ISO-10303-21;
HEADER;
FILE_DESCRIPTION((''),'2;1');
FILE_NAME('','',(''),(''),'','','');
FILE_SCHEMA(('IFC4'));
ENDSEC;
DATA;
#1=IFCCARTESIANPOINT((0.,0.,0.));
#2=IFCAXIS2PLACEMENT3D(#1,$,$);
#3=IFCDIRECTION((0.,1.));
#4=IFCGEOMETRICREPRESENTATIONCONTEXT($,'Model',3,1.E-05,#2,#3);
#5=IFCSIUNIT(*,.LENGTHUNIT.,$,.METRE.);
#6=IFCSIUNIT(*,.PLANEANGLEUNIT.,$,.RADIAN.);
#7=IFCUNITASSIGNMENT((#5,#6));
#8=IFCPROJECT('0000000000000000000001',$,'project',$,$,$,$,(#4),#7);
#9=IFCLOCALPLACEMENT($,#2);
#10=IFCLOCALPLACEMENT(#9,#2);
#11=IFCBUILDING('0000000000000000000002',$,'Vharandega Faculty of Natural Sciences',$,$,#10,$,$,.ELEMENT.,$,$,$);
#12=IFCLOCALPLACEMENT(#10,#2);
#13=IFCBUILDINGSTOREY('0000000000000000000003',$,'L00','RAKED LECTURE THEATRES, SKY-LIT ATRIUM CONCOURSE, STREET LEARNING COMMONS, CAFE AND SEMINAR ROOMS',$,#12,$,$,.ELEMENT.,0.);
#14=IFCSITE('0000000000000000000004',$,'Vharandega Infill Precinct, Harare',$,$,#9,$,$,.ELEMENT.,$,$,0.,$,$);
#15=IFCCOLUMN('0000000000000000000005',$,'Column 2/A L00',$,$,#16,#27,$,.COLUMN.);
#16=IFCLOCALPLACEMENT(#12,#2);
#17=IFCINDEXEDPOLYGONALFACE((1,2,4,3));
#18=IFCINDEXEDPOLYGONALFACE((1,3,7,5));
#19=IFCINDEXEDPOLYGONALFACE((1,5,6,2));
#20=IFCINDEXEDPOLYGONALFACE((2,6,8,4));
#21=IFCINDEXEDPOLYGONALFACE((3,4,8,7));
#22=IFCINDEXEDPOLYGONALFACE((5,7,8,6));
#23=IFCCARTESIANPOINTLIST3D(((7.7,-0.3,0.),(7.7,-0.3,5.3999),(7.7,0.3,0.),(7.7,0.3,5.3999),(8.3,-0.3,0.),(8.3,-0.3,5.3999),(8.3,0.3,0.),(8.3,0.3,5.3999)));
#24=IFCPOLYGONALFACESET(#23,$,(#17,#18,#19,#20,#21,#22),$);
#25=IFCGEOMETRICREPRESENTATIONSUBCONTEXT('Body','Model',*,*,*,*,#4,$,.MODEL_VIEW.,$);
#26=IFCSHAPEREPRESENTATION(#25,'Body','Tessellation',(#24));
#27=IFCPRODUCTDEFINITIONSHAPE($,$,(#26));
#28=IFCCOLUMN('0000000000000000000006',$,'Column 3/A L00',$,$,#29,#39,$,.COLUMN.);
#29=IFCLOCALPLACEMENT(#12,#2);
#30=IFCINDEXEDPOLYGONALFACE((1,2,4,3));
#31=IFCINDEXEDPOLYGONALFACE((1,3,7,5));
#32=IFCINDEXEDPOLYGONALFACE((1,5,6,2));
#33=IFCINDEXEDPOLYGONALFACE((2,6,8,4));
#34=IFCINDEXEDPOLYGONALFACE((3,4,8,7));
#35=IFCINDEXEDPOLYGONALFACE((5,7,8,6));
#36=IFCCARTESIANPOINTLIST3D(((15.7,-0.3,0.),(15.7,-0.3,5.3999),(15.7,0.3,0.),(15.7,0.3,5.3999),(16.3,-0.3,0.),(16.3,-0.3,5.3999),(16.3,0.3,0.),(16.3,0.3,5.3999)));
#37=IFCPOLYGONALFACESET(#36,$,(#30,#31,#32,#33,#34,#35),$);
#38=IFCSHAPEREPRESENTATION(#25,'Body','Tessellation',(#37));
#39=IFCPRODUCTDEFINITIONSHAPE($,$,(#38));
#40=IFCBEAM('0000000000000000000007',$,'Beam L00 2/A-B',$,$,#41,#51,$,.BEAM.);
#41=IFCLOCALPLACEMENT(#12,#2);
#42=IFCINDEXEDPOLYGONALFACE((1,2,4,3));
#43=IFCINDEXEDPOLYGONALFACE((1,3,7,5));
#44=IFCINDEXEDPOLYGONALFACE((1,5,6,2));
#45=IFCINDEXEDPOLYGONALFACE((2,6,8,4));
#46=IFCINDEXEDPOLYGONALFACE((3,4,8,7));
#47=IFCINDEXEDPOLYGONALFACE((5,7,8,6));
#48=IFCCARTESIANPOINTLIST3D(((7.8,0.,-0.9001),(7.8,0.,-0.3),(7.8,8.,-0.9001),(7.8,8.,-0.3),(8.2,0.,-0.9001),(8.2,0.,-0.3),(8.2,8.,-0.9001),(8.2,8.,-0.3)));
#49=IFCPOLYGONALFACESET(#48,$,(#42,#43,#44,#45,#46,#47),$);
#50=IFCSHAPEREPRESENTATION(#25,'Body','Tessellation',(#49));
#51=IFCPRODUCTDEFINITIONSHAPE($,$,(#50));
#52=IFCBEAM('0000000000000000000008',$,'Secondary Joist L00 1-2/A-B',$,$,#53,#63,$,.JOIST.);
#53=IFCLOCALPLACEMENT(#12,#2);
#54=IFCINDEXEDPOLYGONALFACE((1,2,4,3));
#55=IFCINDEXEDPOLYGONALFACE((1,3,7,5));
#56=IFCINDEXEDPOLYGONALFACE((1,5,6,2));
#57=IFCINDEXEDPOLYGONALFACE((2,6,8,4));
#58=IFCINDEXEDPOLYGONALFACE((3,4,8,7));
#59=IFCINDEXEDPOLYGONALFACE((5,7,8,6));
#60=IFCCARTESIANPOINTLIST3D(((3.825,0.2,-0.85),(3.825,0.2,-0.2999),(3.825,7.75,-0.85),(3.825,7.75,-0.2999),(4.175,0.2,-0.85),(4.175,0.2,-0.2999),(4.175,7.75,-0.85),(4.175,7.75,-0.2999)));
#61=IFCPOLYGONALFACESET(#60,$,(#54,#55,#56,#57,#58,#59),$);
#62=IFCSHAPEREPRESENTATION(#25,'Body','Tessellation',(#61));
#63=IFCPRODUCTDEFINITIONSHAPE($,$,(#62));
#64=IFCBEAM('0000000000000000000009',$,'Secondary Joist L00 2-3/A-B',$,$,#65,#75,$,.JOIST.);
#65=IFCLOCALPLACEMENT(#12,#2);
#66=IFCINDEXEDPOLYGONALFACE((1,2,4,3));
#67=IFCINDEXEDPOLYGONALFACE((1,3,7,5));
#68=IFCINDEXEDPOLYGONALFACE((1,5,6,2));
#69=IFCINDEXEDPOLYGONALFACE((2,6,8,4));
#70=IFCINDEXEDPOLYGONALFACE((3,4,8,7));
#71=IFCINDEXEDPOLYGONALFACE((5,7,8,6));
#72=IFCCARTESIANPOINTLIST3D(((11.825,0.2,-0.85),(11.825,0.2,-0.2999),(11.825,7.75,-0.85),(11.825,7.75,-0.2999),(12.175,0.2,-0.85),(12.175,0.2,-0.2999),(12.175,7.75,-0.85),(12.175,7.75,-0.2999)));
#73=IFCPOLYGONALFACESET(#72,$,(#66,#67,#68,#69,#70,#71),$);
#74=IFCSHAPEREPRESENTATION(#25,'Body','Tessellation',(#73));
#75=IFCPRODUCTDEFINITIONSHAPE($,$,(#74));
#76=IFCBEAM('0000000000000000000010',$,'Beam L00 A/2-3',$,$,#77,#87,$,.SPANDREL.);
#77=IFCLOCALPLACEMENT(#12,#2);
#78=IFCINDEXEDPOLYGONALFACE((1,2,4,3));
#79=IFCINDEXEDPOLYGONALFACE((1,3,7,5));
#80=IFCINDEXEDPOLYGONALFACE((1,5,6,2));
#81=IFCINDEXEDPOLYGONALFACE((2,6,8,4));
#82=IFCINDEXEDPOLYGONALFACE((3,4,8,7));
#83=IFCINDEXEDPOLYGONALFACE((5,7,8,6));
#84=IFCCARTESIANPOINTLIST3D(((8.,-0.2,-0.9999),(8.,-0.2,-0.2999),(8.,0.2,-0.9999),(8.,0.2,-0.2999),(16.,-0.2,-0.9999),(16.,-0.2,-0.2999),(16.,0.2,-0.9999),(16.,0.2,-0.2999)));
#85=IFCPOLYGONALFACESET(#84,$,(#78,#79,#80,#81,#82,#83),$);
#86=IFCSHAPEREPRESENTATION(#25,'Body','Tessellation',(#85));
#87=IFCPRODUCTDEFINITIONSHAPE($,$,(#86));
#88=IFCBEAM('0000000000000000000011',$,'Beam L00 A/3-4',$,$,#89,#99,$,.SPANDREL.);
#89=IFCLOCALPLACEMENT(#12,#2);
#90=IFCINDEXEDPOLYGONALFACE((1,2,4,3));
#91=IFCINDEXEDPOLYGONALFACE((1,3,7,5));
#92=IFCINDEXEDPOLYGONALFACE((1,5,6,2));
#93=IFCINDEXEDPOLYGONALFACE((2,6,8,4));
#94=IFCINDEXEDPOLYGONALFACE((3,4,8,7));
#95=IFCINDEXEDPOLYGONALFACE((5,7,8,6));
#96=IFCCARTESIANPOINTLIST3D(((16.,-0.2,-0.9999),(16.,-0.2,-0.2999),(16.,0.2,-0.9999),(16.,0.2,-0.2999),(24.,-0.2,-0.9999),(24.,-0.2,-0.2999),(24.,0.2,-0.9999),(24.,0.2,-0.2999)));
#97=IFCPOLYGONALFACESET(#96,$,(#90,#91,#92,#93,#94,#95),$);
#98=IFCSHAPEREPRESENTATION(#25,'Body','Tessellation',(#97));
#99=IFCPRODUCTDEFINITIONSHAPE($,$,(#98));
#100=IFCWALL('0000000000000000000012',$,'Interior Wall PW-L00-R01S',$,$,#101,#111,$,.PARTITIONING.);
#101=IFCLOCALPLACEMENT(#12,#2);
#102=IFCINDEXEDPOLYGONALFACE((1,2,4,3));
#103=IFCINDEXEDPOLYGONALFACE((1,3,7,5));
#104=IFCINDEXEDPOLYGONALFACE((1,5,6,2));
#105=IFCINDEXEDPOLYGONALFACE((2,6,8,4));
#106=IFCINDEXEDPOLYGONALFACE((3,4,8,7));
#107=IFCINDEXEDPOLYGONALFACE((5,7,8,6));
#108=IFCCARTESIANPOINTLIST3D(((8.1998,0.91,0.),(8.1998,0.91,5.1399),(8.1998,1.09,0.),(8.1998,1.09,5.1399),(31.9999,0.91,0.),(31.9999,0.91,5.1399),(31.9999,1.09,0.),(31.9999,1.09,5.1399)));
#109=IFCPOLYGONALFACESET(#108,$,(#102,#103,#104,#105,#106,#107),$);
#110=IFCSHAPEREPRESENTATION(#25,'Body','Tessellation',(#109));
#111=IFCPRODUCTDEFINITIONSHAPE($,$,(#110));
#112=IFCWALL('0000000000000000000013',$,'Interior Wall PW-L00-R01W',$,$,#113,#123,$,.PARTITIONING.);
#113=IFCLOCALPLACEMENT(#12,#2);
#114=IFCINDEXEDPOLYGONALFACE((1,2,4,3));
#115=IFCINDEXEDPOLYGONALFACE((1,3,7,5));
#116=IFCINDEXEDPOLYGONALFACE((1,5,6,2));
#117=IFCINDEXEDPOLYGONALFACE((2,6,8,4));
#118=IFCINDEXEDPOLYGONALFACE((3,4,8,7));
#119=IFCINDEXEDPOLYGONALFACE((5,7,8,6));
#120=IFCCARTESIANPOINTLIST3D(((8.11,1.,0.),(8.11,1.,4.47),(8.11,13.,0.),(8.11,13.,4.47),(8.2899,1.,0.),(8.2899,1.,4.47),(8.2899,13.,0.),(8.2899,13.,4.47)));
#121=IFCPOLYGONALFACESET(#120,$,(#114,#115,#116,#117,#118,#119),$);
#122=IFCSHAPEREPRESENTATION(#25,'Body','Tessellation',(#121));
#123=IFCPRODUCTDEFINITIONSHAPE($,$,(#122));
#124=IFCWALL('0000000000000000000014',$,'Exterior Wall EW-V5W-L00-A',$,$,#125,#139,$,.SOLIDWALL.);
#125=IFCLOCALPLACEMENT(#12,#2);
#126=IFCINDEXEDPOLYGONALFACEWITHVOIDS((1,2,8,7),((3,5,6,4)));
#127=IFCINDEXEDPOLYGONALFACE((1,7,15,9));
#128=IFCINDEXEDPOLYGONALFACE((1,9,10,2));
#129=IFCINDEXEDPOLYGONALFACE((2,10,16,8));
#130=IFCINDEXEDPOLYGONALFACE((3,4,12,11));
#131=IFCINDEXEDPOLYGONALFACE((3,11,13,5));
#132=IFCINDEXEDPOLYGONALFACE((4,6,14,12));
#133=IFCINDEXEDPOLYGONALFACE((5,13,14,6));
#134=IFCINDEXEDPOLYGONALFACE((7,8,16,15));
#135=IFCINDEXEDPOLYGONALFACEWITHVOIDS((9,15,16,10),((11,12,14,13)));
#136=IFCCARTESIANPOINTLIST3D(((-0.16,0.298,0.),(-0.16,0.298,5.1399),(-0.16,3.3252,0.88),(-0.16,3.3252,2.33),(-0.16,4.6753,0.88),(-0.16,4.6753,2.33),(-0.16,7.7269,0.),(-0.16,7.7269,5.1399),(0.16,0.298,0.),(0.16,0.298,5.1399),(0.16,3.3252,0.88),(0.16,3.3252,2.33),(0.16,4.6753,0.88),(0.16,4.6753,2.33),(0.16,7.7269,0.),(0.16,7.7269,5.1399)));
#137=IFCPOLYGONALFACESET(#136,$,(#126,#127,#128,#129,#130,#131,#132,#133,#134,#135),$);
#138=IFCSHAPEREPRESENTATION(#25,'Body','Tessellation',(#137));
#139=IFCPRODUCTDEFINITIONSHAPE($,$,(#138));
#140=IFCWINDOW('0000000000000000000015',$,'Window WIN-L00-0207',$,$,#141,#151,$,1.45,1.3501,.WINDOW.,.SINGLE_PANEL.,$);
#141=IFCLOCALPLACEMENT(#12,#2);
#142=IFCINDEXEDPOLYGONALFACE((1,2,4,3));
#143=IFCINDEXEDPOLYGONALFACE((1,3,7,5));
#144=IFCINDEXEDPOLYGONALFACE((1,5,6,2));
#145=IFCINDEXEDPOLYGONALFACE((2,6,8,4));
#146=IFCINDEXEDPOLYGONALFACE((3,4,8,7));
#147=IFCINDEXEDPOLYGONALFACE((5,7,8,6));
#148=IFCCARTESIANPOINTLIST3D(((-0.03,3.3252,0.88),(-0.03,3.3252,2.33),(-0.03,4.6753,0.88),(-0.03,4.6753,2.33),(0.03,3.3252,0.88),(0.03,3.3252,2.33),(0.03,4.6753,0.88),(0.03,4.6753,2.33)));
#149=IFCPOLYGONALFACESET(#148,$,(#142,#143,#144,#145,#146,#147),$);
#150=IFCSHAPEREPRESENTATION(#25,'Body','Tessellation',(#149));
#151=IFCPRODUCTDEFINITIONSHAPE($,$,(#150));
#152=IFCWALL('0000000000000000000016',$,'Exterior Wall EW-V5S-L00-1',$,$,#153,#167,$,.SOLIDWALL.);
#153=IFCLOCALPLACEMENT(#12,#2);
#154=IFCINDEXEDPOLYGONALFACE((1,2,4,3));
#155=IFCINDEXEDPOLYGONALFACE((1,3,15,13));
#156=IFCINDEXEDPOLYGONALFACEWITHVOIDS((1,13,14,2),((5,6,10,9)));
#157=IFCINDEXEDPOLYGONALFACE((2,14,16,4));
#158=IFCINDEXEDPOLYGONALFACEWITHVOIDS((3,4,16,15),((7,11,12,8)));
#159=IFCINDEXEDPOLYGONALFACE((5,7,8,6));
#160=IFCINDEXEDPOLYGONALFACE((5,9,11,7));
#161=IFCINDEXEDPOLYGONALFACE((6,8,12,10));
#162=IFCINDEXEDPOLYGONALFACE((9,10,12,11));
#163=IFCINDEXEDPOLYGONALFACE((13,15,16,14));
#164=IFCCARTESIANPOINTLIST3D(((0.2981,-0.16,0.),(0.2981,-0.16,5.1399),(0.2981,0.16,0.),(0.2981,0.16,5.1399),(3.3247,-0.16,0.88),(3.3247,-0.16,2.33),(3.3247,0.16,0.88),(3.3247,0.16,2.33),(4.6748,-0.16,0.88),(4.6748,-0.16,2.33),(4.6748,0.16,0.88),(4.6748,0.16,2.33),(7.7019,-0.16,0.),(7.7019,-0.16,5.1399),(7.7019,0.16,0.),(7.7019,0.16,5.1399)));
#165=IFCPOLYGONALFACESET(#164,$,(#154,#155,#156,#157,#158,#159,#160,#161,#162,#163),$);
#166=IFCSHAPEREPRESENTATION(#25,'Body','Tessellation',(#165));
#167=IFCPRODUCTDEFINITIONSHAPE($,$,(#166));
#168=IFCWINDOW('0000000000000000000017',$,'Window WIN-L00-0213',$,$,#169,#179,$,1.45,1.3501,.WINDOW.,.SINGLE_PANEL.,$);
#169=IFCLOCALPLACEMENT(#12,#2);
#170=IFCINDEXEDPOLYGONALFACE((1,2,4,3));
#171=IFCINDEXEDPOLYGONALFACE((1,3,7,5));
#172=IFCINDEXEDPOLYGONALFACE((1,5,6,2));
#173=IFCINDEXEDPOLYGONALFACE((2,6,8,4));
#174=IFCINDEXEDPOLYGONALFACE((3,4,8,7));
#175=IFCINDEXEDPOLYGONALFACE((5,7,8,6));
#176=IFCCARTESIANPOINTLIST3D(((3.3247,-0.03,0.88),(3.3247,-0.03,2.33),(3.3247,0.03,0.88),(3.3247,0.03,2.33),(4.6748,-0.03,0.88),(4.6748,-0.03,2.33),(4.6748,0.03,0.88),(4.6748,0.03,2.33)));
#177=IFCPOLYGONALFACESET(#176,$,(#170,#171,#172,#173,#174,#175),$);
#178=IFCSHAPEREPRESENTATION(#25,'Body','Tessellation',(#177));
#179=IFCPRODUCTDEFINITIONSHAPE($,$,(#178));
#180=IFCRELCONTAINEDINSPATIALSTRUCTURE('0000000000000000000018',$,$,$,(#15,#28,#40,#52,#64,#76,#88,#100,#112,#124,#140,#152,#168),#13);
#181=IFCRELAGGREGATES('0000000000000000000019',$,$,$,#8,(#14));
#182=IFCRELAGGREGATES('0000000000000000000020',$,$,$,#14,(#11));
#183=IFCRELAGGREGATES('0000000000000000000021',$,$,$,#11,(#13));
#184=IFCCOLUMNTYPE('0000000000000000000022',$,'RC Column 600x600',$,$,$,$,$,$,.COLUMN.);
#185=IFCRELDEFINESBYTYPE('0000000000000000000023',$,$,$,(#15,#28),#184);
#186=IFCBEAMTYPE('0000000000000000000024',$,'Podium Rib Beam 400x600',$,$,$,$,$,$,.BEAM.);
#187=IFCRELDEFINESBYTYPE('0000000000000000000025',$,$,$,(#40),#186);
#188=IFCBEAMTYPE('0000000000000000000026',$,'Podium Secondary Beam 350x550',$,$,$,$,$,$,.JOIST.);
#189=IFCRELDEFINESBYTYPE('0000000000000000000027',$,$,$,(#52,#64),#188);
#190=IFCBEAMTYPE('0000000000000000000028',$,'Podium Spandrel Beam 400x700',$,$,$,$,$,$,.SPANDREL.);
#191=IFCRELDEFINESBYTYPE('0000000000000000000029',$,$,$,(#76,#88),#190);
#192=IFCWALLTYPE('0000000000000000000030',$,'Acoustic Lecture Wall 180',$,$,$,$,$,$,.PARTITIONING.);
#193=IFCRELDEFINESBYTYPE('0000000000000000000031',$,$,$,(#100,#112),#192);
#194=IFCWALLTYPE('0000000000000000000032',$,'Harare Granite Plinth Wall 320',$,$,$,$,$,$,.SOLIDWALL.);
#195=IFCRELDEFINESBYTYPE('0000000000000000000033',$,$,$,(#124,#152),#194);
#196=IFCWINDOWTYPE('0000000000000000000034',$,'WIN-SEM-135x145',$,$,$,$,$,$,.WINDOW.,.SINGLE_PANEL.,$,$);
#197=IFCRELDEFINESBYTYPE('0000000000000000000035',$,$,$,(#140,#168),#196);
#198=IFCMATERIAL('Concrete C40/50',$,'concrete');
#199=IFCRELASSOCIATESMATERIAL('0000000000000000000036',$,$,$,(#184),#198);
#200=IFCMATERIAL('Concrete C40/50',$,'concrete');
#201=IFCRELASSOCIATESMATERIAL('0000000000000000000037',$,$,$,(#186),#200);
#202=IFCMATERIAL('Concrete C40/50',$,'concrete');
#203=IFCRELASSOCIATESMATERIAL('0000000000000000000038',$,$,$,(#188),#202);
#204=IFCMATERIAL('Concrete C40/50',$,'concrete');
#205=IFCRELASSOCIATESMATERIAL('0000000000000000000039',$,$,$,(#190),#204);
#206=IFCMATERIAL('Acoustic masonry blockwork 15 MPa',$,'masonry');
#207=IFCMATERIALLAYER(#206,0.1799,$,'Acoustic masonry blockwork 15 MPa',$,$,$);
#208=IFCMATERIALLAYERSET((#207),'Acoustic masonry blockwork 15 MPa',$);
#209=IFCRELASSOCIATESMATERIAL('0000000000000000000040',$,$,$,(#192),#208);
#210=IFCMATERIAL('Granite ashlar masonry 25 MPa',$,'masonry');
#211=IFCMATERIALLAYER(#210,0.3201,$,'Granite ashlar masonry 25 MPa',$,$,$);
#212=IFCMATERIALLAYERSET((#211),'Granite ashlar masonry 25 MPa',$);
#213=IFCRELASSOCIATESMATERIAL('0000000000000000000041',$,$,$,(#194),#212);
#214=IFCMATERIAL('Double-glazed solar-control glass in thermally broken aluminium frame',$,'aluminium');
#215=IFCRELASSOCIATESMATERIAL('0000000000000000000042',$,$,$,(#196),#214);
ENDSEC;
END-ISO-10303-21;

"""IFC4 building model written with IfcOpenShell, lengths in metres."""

from ifc_helpers import new_model, si_unit, direction, frame, frame_2d, origin, origin_2d, place, context, subcontext, project, spatial, rectangle, extrude, material, layer, layer_set, material_profile, profile_set, type_object, element, fill, save


model = new_model("IFC4")

# Units and contexts
model_context = context("Model", 3, precision=1e-05, world=origin(), true_north=direction((0.0, 1.0)))
body_context = subcontext(model_context, "Body", "Model", "MODEL_VIEW")
ifc_project = project(units=[si_unit("LENGTHUNIT", "METRE"), si_unit("PLANEANGLEUNIT", "RADIAN")], contexts=[model_context])

# Site, building, storey
site_placement = place(None, origin())
site = spatial("IfcSite", under=ifc_project, at=site_placement, Name="Vharandega Infill Precinct, Harare", CompositionType="ELEMENT", RefElevation=0.0)
building_placement = place(site_placement, origin())
building = spatial("IfcBuilding", under=site, at=building_placement, Name="Vharandega Faculty of Natural Sciences", CompositionType="ELEMENT")
storey_placement = place(building_placement, origin())
storey = spatial("IfcBuildingStorey", under=building, at=storey_placement, Name="L00", Description="RAKED LECTURE THEATRES, SKY-LIT ATRIUM CONCOURSE, STREET LEARNING COMMONS, CAFE AND SEMINAR ROOMS", CompositionType="ELEMENT", Elevation=0.0)

# Columns
ifc_material_1 = material(Name="Concrete C40/50", Category="concrete")
ifc_material_profile_1 = material_profile(ifc_material_1, rectangle(XDim=0.6001, YDim=0.6001, at=origin_2d()), Name="RC 600x600")
ifc_profile_set_1 = profile_set([ifc_material_profile_1], Name="Concrete C40/50")
column_type = type_object("IfcColumnType", Name="RC Column 600x600", PredefinedType="COLUMN", material=ifc_profile_set_1)
for number, where, z_axis, x_axis, name in (
    (1, (8.0, 0.0, 0.0), (0.0, 0.0, 1.0), (1.0, 0.0, 0.0), "Column 2/A L00"),
    (2, (16.0, 0.0, 0.0), (0.0, 0.0, 1.0), (1.0, 0.0, 0.0), "Column 3/A L00"),
):
    element("IfcColumn", number, at=place(storey_placement, frame(where, z_axis=z_axis, x_axis=x_axis)), inside=storey, type_object=column_type, Name=name, PredefinedType="COLUMN", context=body_context, shape_type="SweptSolid", body=[
        extrude(rectangle(XDim=0.6001, YDim=0.6001, at=origin_2d()), origin(), (0.0, 0.0, 1.0), 5.3999),
    ])

# Beams
ifc_material_2 = material(Name="Concrete C40/50", Category="concrete")
ifc_material_profile_2 = material_profile(ifc_material_2, rectangle(XDim=0.3999, YDim=0.6001, at=origin_2d()), Name="RC 400x600")
ifc_profile_set_2 = profile_set([ifc_material_profile_2], Name="Concrete C40/50")
beam_type_1 = type_object("IfcBeamType", Name="Podium Rib Beam 400x600", PredefinedType="BEAM", material=ifc_profile_set_2)
beam_placement = place(storey_placement, frame((8.0, 0.0, -0.6001), z_axis=(0.0, 1.0, 0.0), x_axis=(-1.0, 0.0, 0.0)))
element("IfcBeam", 3, at=beam_placement, inside=storey, type_object=beam_type_1, Name="Beam L00 2/A-B", PredefinedType="BEAM", context=body_context, shape_type="SweptSolid", body=[
    extrude(rectangle(XDim=0.3999, YDim=0.6001, at=origin_2d()), origin(), (0.0, 0.0, 1.0), 8.0),
])
ifc_material_3 = material(Name="Concrete C40/50", Category="concrete")
ifc_material_profile_3 = material_profile(ifc_material_3, rectangle(XDim=0.3501, YDim=0.55, at=origin_2d()), Name="RC 350x550")
ifc_profile_set_3 = profile_set([ifc_material_profile_3], Name="Concrete C40/50")
beam_type_2 = type_object("IfcBeamType", Name="Podium Secondary Beam 350x550", PredefinedType="JOIST", material=ifc_profile_set_3)
for number, where, z_axis, x_axis, name in (
    (4, (4.0, 0.2, -0.575), (0.0, 1.0, 0.0), (-1.0, 0.0, 0.0), "Secondary Joist L00 1-2/A-B"),
    (5, (12.0, 0.2, -0.575), (0.0, 1.0, 0.0), (-1.0, 0.0, 0.0), "Secondary Joist L00 2-3/A-B"),
):
    element("IfcBeam", number, at=place(storey_placement, frame(where, z_axis=z_axis, x_axis=x_axis)), inside=storey, type_object=beam_type_2, Name=name, PredefinedType="JOIST", context=body_context, shape_type="SweptSolid", body=[
        extrude(rectangle(XDim=0.3501, YDim=0.55, at=origin_2d()), origin(), (0.0, 0.0, 1.0), 7.55),
    ])
ifc_material_4 = material(Name="Concrete C40/50", Category="concrete")
ifc_material_profile_4 = material_profile(ifc_material_4, rectangle(XDim=0.3999, YDim=0.7, at=origin_2d()), Name="RC 400x700")
ifc_profile_set_4 = profile_set([ifc_material_profile_4], Name="Concrete C40/50")
beam_type_3 = type_object("IfcBeamType", Name="Podium Spandrel Beam 400x700", PredefinedType="SPANDREL", material=ifc_profile_set_4)
for number, where, z_axis, x_axis, name in (
    (6, (8.0, 0.0, -0.6499), (1.0, 0.0, 0.0), (0.0, 1.0, 0.0), "Beam L00 A/2-3"),
    (7, (16.0, 0.0, -0.6499), (1.0, 0.0, 0.0), (0.0, 1.0, 0.0), "Beam L00 A/3-4"),
):
    element("IfcBeam", number, at=place(storey_placement, frame(where, z_axis=z_axis, x_axis=x_axis)), inside=storey, type_object=beam_type_3, Name=name, PredefinedType="SPANDREL", context=body_context, shape_type="SweptSolid", body=[
        extrude(rectangle(XDim=0.3999, YDim=0.7, at=origin_2d()), origin(), (0.0, 0.0, 1.0), 8.0),
    ])

# Walls
ifc_material_5 = material(Name="Acoustic masonry blockwork 15 MPa", Category="masonry")
ifc_layer_1 = layer(ifc_material_5, 0.1799, Name="Acoustic masonry blockwork 15 MPa")
ifc_layer_set_1 = layer_set([ifc_layer_1], Name="Acoustic masonry blockwork 15 MPa")
wall_type_1 = type_object("IfcWallType", Name="Acoustic Lecture Wall 180", PredefinedType="PARTITIONING", material=ifc_layer_set_1)
wall_1_placement = place(storey_placement, frame((8.2, 1.0, 0.0), z_axis=(0.0, 0.0, 1.0), x_axis=(1.0, 0.0, 0.0)))
element("IfcWall", 8, at=wall_1_placement, inside=storey, type_object=wall_type_1, Name="Interior Wall PW-L00-R01S", PredefinedType="PARTITIONING", context=body_context, shape_type="SweptSolid", body=[
    extrude(rectangle(XDim=23.8, YDim=0.1799, at=frame_2d((11.8999, 0.0))), origin(), (0.0, 0.0, 1.0), 5.1399),
])
wall_2_placement = place(storey_placement, frame((8.2, 1.0, 0.0), z_axis=(0.0, 0.0, 1.0), x_axis=(0.0, 1.0, 0.0)))
element("IfcWall", 9, at=wall_2_placement, inside=storey, type_object=wall_type_1, Name="Interior Wall PW-L00-R01W", PredefinedType="PARTITIONING", context=body_context, shape_type="SweptSolid", body=[
    extrude(rectangle(XDim=12.0, YDim=0.1799, at=frame_2d((6.0, 0.0))), origin(), (0.0, 0.0, 1.0), 4.47),
])

# Walls, openings, windows
ifc_material_6 = material(Name="Granite ashlar masonry 25 MPa", Category="masonry")
ifc_layer_2 = layer(ifc_material_6, 0.3201, Name="Granite ashlar masonry 25 MPa")
ifc_layer_set_2 = layer_set([ifc_layer_2], Name="Granite ashlar masonry 25 MPa")
wall_type_2 = type_object("IfcWallType", Name="Harare Granite Plinth Wall 320", PredefinedType="SOLIDWALL", material=ifc_layer_set_2)
wall_3_placement = place(storey_placement, frame((0.0, 0.2981, 0.0), z_axis=(0.0, 0.0, 1.0), x_axis=(0.0, 1.0, 0.0)))
wall_3 = element("IfcWall", 10, at=wall_3_placement, inside=storey, type_object=wall_type_2, Name="Exterior Wall EW-V5W-L00-A", PredefinedType="SOLIDWALL", context=body_context, shape_type="SweptSolid", body=[
    extrude(rectangle(XDim=7.429, YDim=0.3201, at=frame_2d((3.7144, 0.0))), origin(), (0.0, 0.0, 1.0), 5.1399),
])
opening_1_placement = place(wall_3_placement, frame((3.0271, 0.0, 0.8799)))
opening_1 = element("IfcOpeningElement", 11, at=opening_1_placement, cuts=wall_3, PredefinedType="OPENING", context=body_context, shape_type="SweptSolid", body=[
    extrude(rectangle(XDim=1.3501, YDim=1.45, at=frame_2d((0.675, 0.7251))), frame((0.0, 0.1699, 0.0), z_axis=(0.0, -1.0, 0.0), x_axis=(1.0, 0.0, 0.0)), (0.0, 0.0, 1.0), 0.3401),
])
ifc_material_7 = material(Name="Double-glazed solar-control glass in thermally broken aluminium frame", Category="aluminium")
window_type_1 = type_object("IfcWindowType", Name="WIN-SEM-135x145", PartitioningType="SINGLE_PANEL", PredefinedType="WINDOW", material=ifc_material_7)
window_1_placement = place(opening_1_placement, origin())
window_1 = element("IfcWindow", 12, at=window_1_placement, inside=storey, type_object=window_type_1, Name="Window WIN-L00-0207", OverallHeight=1.45, OverallWidth=1.3501, PartitioningType="SINGLE_PANEL", PredefinedType="WINDOW", context=body_context, shape_type="SweptSolid", body=[
    extrude(rectangle(XDim=1.3501, YDim=1.45, at=frame_2d((0.675, 0.7251))), frame((0.0, 0.03, 0.0), z_axis=(0.0, -1.0, 0.0), x_axis=(1.0, 0.0, 0.0)), (0.0, 0.0, 1.0), 0.0601),
])
fill(opening_1, window_1)
wall_4_placement = place(storey_placement, frame((7.7019, 0.0, 0.0), z_axis=(0.0, 0.0, 1.0), x_axis=(-1.0, 0.0, 0.0)))
wall_4 = element("IfcWall", 13, at=wall_4_placement, inside=storey, type_object=wall_type_2, Name="Exterior Wall EW-V5S-L00-1", PredefinedType="SOLIDWALL", context=body_context, shape_type="SweptSolid", body=[
    extrude(rectangle(XDim=7.4038, YDim=0.3201, at=frame_2d((3.7019, 0.0))), origin(), (0.0, 0.0, 1.0), 5.1399),
])
opening_2_placement = place(wall_4_placement, frame((3.0271, 0.0, 0.8799)))
opening_2 = element("IfcOpeningElement", 14, at=opening_2_placement, cuts=wall_4, PredefinedType="OPENING", context=body_context, shape_type="SweptSolid", body=[
    extrude(rectangle(XDim=1.3501, YDim=1.45, at=frame_2d((0.675, 0.7251))), frame((0.0, 0.1699, 0.0), z_axis=(0.0, -1.0, 0.0), x_axis=(1.0, 0.0, 0.0)), (0.0, 0.0, 1.0), 0.3401),
])
window_2_placement = place(opening_2_placement, origin())
window_2 = element("IfcWindow", 15, at=window_2_placement, inside=storey, type_object=window_type_1, Name="Window WIN-L00-0213", OverallHeight=1.45, OverallWidth=1.3501, PartitioningType="SINGLE_PANEL", PredefinedType="WINDOW", context=body_context, shape_type="SweptSolid", body=[
    extrude(rectangle(XDim=1.3501, YDim=1.45, at=frame_2d((0.675, 0.7251))), frame((0.0, 0.03, 0.0), z_axis=(0.0, -1.0, 0.0), x_axis=(1.0, 0.0, 0.0)), (0.0, 0.0, 1.0), 0.0601),
])
fill(opening_2, window_2)

save(model, "model.ifc")
